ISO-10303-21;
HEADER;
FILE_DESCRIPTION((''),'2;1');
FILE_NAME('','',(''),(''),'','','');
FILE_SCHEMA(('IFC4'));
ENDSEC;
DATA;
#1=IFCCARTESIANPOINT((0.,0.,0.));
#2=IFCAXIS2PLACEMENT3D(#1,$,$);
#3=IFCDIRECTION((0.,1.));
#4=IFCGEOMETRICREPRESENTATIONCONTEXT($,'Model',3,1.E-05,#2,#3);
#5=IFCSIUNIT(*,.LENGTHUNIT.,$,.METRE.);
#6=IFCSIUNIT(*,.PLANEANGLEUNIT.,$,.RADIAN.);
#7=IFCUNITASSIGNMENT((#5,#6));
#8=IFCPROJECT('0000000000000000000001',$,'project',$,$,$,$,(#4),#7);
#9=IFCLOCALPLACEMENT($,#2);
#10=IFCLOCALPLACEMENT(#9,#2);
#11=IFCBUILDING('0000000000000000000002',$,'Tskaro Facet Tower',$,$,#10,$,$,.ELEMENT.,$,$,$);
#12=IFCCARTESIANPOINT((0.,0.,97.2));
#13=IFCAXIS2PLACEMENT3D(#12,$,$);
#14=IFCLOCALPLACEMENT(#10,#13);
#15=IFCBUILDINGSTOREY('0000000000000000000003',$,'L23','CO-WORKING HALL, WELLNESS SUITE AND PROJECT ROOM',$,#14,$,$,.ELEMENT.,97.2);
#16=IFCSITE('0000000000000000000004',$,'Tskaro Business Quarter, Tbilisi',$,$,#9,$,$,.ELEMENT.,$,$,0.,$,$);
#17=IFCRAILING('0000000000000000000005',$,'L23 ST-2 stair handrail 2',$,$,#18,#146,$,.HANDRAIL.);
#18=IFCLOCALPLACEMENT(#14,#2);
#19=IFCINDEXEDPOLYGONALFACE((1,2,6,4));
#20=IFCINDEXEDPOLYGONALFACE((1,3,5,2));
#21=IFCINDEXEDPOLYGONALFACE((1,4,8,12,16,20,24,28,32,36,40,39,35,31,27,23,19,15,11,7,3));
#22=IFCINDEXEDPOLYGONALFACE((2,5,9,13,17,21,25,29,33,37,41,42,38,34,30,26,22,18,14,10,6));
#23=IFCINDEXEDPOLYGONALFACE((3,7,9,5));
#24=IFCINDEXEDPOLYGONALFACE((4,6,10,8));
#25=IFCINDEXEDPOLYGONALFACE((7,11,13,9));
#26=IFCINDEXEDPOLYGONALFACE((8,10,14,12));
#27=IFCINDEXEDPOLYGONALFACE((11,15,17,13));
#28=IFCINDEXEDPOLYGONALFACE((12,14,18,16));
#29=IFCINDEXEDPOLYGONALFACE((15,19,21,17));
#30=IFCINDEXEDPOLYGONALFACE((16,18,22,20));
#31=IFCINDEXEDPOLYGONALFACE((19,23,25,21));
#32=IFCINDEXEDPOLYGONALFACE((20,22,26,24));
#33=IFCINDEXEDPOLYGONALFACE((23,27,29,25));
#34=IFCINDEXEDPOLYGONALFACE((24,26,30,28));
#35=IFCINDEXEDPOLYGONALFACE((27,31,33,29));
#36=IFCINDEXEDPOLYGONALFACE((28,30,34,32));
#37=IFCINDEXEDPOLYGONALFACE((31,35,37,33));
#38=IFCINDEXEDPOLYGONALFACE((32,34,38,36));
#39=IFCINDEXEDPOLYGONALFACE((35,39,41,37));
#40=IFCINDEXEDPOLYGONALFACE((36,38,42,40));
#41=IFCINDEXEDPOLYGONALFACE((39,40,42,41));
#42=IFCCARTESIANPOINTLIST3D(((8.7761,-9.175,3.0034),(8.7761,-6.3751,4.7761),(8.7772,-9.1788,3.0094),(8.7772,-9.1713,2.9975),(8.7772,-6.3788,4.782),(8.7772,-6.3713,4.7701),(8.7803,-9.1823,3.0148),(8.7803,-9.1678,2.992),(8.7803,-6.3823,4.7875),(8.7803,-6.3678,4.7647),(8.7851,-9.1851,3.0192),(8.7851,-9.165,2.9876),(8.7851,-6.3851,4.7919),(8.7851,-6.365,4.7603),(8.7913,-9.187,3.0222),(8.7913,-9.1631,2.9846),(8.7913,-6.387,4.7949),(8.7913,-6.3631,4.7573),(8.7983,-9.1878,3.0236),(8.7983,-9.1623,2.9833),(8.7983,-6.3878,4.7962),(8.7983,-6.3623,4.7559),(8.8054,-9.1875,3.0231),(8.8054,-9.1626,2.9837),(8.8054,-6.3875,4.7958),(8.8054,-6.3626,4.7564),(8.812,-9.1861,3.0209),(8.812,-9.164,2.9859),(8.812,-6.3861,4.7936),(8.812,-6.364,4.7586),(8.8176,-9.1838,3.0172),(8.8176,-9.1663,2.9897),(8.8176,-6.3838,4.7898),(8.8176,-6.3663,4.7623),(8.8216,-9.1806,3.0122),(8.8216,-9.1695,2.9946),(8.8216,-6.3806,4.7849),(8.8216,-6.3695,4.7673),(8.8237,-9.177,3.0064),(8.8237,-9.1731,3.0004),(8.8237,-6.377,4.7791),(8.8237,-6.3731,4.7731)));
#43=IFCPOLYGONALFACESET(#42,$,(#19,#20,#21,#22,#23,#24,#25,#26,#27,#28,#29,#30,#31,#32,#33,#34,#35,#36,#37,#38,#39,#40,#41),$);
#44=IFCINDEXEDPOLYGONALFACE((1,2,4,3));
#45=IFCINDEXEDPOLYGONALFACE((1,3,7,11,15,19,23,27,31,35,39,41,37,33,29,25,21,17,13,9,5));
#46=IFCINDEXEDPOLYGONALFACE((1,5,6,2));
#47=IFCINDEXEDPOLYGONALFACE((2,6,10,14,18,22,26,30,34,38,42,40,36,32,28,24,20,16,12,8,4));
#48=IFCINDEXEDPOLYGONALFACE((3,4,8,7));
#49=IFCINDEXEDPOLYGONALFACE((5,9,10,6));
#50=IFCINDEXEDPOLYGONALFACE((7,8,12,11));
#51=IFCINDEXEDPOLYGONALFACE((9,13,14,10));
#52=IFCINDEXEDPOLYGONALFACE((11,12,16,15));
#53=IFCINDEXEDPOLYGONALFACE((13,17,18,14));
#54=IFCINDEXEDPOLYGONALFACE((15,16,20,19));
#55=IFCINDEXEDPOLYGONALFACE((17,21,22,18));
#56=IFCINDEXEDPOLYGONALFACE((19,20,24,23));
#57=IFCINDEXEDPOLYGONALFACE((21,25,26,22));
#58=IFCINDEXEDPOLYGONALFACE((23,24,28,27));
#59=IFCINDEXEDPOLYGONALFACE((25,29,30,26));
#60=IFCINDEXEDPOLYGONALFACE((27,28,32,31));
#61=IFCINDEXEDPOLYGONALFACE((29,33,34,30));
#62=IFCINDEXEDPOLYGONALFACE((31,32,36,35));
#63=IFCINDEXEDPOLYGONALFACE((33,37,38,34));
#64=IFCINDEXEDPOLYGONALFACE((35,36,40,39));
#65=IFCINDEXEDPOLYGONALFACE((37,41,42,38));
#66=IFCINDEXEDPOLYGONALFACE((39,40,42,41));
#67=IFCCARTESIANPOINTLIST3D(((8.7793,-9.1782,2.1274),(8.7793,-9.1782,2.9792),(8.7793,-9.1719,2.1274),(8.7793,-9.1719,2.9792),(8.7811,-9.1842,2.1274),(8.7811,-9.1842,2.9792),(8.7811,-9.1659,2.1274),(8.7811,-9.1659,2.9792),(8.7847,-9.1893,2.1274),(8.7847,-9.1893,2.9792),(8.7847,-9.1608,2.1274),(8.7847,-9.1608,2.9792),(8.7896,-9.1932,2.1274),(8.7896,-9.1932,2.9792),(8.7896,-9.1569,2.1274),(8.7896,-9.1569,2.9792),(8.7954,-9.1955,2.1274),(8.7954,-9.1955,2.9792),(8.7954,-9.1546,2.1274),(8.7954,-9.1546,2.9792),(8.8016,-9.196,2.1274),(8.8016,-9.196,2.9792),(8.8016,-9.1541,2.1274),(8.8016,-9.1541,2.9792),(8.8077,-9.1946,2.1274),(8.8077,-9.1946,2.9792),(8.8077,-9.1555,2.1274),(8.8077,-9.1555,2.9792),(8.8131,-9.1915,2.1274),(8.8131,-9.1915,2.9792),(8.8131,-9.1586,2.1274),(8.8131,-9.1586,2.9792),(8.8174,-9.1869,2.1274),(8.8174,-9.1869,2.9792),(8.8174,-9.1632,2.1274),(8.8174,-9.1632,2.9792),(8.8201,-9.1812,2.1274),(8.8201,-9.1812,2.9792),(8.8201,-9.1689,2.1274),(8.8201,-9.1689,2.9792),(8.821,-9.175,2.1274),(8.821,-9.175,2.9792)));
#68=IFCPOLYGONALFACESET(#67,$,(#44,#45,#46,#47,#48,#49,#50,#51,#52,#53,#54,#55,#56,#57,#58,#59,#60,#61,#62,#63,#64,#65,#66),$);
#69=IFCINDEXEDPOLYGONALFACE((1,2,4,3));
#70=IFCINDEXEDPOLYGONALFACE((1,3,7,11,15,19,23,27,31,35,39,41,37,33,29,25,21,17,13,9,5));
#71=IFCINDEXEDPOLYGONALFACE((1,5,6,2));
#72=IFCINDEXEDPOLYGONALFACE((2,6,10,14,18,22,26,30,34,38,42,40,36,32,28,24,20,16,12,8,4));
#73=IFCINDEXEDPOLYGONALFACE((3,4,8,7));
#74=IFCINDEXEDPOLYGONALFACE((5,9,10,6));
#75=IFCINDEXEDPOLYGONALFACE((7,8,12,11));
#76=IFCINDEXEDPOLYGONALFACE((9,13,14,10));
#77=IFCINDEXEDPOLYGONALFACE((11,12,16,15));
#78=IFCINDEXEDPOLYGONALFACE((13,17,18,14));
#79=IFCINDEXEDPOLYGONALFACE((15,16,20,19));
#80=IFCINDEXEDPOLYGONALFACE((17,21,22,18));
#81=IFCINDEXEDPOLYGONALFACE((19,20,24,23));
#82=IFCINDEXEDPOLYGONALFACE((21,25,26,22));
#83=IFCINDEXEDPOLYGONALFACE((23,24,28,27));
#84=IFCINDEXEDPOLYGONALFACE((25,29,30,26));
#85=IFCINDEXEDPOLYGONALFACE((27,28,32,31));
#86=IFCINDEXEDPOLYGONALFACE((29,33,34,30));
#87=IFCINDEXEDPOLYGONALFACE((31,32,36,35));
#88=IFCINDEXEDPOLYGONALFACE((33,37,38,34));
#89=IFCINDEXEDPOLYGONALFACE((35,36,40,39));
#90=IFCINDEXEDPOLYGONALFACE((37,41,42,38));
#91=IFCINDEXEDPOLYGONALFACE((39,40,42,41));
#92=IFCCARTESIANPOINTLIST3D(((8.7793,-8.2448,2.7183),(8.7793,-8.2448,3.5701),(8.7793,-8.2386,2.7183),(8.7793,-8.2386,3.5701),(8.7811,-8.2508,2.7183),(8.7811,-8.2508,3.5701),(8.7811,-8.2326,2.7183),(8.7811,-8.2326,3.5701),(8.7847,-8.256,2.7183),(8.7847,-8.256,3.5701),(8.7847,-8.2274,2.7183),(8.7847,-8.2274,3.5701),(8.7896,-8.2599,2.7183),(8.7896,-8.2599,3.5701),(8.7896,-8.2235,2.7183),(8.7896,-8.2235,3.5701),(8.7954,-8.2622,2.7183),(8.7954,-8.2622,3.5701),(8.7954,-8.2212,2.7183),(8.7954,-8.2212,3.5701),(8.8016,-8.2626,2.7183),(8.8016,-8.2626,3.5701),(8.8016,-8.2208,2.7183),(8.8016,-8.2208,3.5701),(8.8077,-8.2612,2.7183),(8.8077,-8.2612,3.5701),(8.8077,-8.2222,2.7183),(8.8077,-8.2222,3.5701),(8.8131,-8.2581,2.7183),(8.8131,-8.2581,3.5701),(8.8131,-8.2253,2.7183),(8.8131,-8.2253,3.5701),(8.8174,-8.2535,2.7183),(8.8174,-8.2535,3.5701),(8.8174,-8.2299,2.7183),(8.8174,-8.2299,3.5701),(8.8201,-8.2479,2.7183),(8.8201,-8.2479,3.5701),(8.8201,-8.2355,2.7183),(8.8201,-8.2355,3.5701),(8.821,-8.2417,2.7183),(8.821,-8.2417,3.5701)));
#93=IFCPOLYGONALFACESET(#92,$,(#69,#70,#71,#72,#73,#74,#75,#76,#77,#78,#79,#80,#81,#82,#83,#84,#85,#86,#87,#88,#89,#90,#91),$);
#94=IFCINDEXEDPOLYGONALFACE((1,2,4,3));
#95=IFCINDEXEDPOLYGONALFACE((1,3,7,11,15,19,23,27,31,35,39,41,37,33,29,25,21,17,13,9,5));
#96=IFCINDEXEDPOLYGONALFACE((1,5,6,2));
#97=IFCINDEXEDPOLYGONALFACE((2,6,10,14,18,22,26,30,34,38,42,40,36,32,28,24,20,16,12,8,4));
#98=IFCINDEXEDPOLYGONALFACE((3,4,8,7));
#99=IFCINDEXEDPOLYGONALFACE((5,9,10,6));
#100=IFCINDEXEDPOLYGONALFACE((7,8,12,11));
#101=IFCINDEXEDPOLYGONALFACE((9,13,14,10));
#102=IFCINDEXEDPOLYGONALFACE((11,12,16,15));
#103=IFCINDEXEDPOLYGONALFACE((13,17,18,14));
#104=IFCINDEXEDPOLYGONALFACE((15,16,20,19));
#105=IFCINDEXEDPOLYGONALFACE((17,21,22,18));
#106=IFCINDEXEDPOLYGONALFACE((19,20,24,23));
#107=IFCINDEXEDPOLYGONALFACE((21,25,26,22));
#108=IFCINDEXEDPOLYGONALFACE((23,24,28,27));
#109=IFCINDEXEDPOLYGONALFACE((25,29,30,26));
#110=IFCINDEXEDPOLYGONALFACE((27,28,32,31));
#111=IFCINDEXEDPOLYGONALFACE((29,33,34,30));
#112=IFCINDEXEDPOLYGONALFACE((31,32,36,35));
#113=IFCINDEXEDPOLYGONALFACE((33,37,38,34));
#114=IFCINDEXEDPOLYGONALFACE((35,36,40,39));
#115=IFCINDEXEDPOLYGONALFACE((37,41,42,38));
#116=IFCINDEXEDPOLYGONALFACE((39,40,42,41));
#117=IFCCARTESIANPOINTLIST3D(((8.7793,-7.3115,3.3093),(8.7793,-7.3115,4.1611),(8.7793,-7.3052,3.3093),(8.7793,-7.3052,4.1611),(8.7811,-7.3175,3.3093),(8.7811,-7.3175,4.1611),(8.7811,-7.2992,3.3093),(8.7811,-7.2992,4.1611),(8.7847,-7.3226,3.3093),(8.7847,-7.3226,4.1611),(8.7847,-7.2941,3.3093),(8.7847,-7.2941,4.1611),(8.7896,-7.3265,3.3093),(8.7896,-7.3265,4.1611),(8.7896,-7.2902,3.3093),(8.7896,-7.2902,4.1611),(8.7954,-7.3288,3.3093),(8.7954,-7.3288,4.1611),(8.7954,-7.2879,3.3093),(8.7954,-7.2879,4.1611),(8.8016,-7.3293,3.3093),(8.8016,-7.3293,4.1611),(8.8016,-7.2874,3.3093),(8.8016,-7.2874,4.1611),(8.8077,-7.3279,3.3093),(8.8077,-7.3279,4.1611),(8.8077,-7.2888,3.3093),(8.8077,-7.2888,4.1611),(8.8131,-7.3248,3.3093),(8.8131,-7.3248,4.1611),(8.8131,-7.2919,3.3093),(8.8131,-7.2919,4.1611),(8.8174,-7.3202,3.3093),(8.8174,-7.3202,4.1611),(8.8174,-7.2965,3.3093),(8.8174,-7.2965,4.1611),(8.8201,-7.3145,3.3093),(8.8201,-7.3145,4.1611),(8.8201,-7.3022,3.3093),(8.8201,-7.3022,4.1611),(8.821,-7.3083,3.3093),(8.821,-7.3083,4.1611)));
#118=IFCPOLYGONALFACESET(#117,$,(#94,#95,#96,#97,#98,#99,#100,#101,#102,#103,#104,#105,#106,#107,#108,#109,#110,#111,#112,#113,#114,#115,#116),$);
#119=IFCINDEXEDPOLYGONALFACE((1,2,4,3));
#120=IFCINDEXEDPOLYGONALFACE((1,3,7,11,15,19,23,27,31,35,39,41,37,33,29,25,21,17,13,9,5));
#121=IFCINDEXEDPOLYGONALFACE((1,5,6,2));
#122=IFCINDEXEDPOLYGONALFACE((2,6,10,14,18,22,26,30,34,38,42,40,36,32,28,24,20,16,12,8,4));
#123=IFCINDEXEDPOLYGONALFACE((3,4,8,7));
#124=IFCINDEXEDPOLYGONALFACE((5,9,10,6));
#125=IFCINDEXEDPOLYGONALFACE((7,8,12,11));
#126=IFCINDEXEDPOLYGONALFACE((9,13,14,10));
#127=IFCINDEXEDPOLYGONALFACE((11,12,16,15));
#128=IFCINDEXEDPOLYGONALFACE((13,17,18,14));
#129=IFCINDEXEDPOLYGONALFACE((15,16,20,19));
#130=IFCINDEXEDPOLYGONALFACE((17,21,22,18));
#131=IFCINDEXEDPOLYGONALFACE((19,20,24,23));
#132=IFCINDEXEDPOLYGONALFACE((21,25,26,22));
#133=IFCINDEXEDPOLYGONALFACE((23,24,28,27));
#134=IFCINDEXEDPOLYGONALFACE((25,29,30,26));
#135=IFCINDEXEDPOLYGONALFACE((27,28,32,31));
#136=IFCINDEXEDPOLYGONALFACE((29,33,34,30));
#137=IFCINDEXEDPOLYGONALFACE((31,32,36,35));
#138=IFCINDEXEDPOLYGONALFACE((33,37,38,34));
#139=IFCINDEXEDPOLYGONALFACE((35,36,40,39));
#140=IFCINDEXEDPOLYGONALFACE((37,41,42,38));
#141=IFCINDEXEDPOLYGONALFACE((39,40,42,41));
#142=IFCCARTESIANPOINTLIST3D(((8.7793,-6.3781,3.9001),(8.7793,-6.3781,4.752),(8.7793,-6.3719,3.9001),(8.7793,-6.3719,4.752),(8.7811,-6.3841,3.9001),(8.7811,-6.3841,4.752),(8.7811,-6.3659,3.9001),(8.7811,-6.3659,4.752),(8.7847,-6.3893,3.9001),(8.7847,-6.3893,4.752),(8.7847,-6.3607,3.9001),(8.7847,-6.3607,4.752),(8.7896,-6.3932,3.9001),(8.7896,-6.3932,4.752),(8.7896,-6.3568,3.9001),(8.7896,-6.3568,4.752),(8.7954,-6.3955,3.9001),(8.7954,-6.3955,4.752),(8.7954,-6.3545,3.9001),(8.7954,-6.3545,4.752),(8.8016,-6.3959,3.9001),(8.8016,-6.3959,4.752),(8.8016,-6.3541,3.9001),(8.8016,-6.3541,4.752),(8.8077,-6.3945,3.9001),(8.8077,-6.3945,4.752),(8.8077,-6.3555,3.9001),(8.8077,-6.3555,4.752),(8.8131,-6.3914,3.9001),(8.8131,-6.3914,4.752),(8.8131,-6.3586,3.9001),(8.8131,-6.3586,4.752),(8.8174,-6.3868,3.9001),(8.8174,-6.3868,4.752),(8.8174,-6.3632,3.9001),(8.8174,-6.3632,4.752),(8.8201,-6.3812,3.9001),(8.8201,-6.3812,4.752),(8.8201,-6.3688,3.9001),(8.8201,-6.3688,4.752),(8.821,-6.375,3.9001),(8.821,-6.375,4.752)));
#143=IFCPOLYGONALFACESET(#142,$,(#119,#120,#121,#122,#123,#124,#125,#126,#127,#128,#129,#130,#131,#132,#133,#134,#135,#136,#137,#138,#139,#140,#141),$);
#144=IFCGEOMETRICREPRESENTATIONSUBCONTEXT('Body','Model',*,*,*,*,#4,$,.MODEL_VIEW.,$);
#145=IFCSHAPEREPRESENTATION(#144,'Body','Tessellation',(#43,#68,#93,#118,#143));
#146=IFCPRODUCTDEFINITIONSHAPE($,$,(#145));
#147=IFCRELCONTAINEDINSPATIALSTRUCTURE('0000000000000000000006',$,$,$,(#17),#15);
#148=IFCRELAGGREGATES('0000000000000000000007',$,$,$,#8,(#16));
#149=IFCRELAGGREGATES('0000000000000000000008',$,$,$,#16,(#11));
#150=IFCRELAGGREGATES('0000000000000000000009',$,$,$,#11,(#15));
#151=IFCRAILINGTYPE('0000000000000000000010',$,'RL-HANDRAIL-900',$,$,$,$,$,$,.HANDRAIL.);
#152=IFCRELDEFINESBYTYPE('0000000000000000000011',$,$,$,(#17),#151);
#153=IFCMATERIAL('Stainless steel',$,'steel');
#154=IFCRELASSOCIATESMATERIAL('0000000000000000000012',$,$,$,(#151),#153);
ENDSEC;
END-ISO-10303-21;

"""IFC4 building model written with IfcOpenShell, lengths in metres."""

from ifc_helpers import new_model, si_unit, direction, frame, origin, origin_2d, place, context, subcontext, project, spatial, circle, extrude, material, type_object, element, save


model = new_model("IFC4")

# Units and contexts
model_context = context("Model", 3, precision=1e-05, world=origin(), true_north=direction((0.0, 1.0)))
body_context = subcontext(model_context, "Body", "Model", "MODEL_VIEW")
ifc_project = project(units=[si_unit("LENGTHUNIT", "METRE"), si_unit("PLANEANGLEUNIT", "RADIAN")], contexts=[model_context])

# Site, building, storey
site_placement = place(None, origin())
site = spatial("IfcSite", under=ifc_project, at=site_placement, Name="Tskaro Business Quarter, Tbilisi", CompositionType="ELEMENT", RefElevation=0.0)
building_placement = place(site_placement, origin())
building = spatial("IfcBuilding", under=site, at=building_placement, Name="Tskaro Facet Tower", CompositionType="ELEMENT")
storey_placement = place(building_placement, frame((0.0, 0.0, 97.2)))
storey = spatial("IfcBuildingStorey", under=building, at=storey_placement, Name="L23", Description="CO-WORKING HALL, WELLNESS SUITE AND PROJECT ROOM", CompositionType="ELEMENT", Elevation=97.2)

# Railing
ifc_material_1 = material(Name="Stainless steel", Category="steel")
railing_type_1 = type_object("IfcRailingType", Name="RL-HANDRAIL-900", PredefinedType="HANDRAIL", material=ifc_material_1)
railing_1_placement = place(storey_placement, frame((8.8, -9.175, 2.1274)))
element("IfcRailing", 1, at=railing_1_placement, inside=storey, type_object=railing_type_1, Name="L23 ST-2 stair handrail 2", PredefinedType="HANDRAIL", context=body_context, shape_type="SweptSolid", body=[
    extrude(circle(Radius=0.0239, at=origin_2d()), frame((0.0, 0.0, 0.876), z_axis=(0.0, 0.844909, 0.53491), x_axis=(-1.0, 0.0, 0.0)), (0.0, 0.0, 1.0), 3.314),
    extrude(circle(Radius=0.021, at=origin_2d()), origin(), (0.0, 0.0, 1.0), 0.8518),
    extrude(circle(Radius=0.021, at=origin_2d()), frame((0.0, 0.9333, 0.5908)), (0.0, 0.0, 1.0), 0.8518),
    extrude(circle(Radius=0.021, at=origin_2d()), frame((0.0, 1.8667, 1.1819)), (0.0, 0.0, 1.0), 0.8518),
    extrude(circle(Radius=0.021, at=origin_2d()), frame((0.0, 2.8, 1.7727)), (0.0, 0.0, 1.0), 0.8518),
])

save(model, "model.ifc")
